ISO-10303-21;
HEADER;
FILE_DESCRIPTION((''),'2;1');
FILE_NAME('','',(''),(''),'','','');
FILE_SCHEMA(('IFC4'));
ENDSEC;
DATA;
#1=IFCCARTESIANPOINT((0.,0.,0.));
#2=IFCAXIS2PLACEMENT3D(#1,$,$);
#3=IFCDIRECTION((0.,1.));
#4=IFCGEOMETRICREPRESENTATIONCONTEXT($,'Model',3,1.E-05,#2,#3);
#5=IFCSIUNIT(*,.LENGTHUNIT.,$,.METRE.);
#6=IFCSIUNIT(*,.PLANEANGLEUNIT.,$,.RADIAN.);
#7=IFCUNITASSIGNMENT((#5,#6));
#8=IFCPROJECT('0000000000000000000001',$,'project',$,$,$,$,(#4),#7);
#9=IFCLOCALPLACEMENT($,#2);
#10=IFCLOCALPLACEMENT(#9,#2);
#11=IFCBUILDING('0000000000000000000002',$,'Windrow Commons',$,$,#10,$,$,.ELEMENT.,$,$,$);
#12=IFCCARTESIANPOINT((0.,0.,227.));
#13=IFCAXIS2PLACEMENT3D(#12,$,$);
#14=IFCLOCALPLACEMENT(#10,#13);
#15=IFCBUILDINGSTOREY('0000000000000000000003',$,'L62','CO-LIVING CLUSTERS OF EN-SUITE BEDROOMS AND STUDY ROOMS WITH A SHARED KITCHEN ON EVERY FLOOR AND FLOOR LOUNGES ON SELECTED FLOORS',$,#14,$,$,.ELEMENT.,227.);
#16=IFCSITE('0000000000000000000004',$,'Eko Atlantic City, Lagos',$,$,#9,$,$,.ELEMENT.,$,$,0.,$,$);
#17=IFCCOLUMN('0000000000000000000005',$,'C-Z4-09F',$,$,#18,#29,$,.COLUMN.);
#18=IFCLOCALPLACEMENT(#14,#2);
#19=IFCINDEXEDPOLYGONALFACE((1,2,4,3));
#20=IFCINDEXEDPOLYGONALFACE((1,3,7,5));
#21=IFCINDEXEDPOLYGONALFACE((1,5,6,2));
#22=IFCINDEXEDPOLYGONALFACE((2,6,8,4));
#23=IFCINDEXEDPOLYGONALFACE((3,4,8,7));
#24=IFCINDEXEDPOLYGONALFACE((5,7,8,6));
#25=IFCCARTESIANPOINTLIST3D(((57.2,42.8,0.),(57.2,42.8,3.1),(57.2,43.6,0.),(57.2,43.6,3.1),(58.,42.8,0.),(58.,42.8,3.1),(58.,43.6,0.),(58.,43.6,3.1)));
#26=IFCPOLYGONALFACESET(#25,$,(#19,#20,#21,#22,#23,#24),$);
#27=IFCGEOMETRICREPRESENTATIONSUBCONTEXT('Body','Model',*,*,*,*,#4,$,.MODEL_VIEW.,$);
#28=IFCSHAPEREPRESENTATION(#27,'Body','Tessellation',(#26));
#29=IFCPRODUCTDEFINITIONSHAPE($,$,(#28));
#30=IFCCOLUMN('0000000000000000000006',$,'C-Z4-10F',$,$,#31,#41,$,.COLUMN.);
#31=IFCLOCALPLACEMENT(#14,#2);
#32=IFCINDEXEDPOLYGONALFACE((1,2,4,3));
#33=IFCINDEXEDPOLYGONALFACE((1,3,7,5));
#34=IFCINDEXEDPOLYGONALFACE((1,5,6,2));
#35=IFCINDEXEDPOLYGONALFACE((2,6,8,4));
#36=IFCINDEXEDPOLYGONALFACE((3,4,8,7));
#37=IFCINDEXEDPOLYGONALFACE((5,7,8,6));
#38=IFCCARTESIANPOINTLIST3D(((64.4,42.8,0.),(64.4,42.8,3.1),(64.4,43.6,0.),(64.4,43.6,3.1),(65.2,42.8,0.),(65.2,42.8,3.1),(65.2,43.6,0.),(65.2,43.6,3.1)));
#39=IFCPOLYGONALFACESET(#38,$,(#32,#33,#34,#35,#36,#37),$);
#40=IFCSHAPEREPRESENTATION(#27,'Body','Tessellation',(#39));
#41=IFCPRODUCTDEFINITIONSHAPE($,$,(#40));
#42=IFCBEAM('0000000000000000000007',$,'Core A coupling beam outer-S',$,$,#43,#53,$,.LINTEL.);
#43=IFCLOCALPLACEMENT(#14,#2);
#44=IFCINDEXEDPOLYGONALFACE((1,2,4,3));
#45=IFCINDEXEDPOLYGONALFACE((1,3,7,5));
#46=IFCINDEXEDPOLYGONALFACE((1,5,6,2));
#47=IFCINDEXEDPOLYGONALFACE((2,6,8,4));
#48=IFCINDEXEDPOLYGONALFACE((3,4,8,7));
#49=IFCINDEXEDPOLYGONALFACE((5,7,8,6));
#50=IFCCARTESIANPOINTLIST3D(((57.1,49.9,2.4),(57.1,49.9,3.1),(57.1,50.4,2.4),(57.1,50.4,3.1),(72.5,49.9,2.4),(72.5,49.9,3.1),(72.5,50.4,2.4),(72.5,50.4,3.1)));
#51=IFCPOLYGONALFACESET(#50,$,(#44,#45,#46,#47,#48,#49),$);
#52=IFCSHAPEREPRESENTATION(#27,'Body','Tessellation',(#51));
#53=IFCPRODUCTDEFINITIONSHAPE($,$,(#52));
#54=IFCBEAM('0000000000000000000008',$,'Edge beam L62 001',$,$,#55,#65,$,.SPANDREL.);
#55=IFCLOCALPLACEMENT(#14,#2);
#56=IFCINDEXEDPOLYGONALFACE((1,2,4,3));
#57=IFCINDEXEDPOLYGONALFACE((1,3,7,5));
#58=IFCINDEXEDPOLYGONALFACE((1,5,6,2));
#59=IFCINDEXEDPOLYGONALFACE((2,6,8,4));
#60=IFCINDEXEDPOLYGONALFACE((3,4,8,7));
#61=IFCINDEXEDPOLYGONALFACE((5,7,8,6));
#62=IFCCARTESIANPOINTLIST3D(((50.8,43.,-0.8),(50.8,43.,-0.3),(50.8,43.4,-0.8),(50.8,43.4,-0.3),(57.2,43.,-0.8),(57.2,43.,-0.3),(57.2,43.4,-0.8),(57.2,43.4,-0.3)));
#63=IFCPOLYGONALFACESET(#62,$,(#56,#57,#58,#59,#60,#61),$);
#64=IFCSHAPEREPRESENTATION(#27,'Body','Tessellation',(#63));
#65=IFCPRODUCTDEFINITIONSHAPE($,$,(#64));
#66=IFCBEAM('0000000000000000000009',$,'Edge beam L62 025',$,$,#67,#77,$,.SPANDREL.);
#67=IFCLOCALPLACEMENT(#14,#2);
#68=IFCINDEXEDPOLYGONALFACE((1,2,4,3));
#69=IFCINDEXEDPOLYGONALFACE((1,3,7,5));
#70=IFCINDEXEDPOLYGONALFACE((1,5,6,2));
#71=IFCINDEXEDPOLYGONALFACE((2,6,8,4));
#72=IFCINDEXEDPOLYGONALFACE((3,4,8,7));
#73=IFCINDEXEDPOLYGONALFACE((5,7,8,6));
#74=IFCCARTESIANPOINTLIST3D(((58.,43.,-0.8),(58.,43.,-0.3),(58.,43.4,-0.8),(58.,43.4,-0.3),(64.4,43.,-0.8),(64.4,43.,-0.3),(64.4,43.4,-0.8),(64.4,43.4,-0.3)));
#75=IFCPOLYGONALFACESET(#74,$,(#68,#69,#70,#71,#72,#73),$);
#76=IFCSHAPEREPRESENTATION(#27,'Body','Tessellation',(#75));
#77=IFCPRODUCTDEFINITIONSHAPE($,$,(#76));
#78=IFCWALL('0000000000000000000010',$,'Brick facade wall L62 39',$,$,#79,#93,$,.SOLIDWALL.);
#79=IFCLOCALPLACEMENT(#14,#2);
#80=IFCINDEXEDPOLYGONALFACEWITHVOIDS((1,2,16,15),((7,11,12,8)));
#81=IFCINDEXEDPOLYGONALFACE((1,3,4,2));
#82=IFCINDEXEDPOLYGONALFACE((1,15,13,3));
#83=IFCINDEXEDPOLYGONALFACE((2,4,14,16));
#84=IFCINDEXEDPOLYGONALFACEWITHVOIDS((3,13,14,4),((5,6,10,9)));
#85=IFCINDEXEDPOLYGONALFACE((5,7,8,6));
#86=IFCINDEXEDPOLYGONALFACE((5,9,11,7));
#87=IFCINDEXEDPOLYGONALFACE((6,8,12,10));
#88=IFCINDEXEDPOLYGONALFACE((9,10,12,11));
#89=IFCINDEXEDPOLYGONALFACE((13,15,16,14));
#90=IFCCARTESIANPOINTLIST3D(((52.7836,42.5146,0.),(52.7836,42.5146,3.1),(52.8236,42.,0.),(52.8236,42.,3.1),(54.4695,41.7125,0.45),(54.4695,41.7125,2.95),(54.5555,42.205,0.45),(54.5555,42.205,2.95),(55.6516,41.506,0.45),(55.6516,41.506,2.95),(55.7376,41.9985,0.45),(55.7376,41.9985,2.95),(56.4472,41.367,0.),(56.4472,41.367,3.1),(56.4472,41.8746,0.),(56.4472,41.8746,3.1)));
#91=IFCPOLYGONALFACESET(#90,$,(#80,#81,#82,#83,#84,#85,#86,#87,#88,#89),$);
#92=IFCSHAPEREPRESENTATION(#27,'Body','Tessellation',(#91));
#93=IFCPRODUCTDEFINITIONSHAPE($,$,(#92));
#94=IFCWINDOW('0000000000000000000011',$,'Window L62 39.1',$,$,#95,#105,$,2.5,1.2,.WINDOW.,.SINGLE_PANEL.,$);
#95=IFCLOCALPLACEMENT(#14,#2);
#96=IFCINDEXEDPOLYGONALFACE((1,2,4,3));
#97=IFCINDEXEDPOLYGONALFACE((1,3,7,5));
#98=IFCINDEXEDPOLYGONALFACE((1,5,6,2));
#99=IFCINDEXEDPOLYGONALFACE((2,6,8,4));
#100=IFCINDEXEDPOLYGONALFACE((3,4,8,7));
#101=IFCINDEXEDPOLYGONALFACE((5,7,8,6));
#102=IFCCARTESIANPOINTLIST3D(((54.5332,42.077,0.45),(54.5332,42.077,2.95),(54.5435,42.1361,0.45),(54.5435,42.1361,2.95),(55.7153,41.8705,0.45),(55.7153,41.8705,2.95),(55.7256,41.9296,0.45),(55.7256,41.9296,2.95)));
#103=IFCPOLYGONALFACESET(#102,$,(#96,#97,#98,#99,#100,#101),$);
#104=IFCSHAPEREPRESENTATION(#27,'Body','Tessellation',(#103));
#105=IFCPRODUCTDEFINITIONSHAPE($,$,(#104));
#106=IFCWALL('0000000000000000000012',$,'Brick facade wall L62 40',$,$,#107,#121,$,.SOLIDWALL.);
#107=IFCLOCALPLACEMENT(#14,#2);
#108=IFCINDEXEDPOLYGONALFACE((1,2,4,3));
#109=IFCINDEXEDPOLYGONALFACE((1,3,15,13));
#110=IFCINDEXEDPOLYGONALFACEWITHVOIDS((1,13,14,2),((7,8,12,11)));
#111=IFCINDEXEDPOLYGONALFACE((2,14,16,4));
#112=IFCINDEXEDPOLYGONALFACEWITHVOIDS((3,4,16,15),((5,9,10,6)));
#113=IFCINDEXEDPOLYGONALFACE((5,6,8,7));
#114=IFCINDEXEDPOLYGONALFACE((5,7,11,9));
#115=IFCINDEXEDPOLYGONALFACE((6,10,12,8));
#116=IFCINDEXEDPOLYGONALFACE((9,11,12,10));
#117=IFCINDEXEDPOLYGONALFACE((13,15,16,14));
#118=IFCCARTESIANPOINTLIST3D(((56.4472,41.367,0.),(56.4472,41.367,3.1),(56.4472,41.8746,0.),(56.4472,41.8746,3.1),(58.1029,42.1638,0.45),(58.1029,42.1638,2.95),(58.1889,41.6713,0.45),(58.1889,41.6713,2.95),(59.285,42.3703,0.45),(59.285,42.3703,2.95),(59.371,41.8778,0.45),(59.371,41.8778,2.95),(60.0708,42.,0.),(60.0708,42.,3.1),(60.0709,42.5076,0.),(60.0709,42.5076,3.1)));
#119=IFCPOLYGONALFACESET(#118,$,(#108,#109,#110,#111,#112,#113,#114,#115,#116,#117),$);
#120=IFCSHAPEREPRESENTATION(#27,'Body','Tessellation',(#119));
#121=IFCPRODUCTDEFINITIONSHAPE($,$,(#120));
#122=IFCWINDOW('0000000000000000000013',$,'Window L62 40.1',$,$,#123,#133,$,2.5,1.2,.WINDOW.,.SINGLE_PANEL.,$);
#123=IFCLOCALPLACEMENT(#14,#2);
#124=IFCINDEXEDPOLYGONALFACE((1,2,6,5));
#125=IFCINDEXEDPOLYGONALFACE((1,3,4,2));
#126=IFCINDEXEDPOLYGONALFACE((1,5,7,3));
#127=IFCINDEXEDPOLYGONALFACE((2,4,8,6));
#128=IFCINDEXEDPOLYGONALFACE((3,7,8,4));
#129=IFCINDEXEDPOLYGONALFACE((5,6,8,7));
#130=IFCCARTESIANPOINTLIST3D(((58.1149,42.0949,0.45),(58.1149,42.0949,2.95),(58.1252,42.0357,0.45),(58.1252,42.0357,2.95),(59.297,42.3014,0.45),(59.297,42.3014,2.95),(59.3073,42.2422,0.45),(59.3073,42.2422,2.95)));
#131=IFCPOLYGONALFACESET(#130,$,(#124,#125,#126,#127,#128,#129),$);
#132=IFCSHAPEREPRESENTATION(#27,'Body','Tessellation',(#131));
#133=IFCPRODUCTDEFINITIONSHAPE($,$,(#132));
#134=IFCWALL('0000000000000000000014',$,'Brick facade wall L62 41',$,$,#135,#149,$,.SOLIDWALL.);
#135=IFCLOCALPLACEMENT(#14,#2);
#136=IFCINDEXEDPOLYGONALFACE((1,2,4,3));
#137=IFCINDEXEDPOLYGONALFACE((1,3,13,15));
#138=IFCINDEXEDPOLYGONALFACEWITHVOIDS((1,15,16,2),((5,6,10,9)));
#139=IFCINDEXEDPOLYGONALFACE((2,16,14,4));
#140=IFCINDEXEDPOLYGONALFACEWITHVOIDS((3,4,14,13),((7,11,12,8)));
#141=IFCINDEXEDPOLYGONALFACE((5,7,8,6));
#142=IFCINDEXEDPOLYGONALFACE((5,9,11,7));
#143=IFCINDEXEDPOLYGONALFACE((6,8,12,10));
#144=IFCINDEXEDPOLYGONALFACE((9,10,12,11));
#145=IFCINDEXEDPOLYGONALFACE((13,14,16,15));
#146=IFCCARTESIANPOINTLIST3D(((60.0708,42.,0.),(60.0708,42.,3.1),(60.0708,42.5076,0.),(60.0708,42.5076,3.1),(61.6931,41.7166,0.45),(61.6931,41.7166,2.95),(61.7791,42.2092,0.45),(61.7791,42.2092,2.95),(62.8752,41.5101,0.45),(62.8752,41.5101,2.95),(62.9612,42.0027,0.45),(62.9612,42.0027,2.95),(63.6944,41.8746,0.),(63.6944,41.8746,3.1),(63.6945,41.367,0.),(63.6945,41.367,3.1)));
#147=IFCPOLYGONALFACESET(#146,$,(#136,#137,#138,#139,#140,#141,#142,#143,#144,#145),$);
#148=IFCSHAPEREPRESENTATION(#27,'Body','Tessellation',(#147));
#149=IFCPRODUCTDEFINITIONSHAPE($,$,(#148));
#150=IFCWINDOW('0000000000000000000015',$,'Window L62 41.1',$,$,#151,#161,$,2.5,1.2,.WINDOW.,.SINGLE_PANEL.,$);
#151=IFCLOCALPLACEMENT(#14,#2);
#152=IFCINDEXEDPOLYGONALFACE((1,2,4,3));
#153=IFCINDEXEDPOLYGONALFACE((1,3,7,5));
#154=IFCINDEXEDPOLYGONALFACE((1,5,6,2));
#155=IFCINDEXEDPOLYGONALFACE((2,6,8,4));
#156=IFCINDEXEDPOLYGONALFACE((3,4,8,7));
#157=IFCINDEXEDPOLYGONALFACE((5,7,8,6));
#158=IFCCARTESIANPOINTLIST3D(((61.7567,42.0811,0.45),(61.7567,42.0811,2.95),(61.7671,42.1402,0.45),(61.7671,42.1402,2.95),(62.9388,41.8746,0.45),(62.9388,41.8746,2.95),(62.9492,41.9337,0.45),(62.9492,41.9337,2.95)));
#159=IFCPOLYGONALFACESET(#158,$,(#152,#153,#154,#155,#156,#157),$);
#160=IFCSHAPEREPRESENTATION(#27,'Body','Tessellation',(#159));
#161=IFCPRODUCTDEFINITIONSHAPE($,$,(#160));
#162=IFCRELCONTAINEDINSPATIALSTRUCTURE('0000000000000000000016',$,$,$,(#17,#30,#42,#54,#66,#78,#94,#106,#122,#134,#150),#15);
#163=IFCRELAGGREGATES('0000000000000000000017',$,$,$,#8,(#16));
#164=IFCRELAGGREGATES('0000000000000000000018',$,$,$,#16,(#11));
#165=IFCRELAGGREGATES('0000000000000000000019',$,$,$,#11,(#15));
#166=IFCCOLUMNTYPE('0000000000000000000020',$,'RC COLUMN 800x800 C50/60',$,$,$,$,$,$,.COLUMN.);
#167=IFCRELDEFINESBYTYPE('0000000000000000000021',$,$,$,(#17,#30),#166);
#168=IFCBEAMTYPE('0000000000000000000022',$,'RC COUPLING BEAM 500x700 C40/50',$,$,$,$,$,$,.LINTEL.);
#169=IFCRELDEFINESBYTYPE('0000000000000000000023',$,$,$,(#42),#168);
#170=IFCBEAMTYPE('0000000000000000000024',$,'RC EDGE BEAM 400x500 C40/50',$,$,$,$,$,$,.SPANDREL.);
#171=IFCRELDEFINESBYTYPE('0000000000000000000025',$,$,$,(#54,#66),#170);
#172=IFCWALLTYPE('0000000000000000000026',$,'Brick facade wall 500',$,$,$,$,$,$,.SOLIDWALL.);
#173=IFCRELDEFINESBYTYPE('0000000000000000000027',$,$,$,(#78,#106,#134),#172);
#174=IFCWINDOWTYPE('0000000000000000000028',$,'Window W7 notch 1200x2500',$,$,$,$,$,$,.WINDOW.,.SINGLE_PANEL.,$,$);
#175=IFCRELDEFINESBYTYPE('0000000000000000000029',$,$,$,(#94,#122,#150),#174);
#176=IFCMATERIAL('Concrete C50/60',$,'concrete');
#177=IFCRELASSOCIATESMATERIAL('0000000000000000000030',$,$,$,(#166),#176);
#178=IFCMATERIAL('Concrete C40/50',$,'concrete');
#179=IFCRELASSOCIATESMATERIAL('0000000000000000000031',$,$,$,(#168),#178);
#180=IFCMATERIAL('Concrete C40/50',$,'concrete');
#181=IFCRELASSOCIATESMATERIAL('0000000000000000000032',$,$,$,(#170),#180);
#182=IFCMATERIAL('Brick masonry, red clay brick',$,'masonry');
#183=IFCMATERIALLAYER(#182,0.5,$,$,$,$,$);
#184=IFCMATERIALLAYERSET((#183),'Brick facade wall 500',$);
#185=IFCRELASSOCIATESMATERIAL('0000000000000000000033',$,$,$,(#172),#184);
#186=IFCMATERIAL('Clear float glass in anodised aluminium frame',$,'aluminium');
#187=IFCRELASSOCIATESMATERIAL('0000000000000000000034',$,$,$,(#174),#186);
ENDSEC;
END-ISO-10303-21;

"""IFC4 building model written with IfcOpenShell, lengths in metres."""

from ifc_helpers import new_model, si_unit, direction, frame, frame_2d, origin, origin_2d, place, context, subcontext, project, spatial, polyline, rectangle, outline, extrude, material, layer, layer_set, material_profile, profile_set, type_object, element, fill, save


model = new_model("IFC4")

# Units and contexts
model_context = context("Model", 3, precision=1e-05, world=origin(), true_north=direction((0.0, 1.0)))
body_context = subcontext(model_context, "Body", "Model", "MODEL_VIEW")
ifc_project = project(units=[si_unit("LENGTHUNIT", "METRE"), si_unit("PLANEANGLEUNIT", "RADIAN")], contexts=[model_context])

# Site, building, storey
site_placement = place(None, origin())
site = spatial("IfcSite", under=ifc_project, at=site_placement, Name="Eko Atlantic City, Lagos", CompositionType="ELEMENT", RefElevation=0.0)
building_placement = place(site_placement, origin())
building = spatial("IfcBuilding", under=site, at=building_placement, Name="Windrow Commons", CompositionType="ELEMENT")
storey_placement = place(building_placement, frame((0.0, 0.0, 227.0)))
storey = spatial("IfcBuildingStorey", under=building, at=storey_placement, Name="L62", Description="CO-LIVING CLUSTERS OF EN-SUITE BEDROOMS AND STUDY ROOMS WITH A SHARED KITCHEN ON EVERY FLOOR AND FLOOR LOUNGES ON SELECTED FLOORS", CompositionType="ELEMENT", Elevation=227.0)

# Columns
ifc_material_1 = material(Name="Concrete C50/60", Category="concrete")
ifc_material_profile_1 = material_profile(ifc_material_1, rectangle(XDim=0.8, YDim=0.8, at=origin_2d()))
ifc_profile_set_1 = profile_set([ifc_material_profile_1], Name="Concrete C50/60")
column_type = type_object("IfcColumnType", Name="RC COLUMN 800x800 C50/60", PredefinedType="COLUMN", material=ifc_profile_set_1)
for number, where, z_axis, x_axis, name in (
    (1, (57.6, 43.2, 0.0), (0.0, 0.0, 1.0), (1.0, 0.0, 0.0), "C-Z4-09F"),
    (2, (64.8, 43.2, 0.0), (0.0, 0.0, 1.0), (1.0, 0.0, 0.0), "C-Z4-10F"),
):
    element("IfcColumn", number, at=place(storey_placement, frame(where, z_axis=z_axis, x_axis=x_axis)), inside=storey, type_object=column_type, Name=name, PredefinedType="COLUMN", context=body_context, shape_type="SweptSolid", body=[
        extrude(rectangle(XDim=0.8, YDim=0.8, at=origin_2d()), origin(), (0.0, 0.0, 1.0), 3.1),
    ])

# Beams
ifc_material_2 = material(Name="Concrete C40/50", Category="concrete")
ifc_material_profile_2 = material_profile(ifc_material_2, rectangle(XDim=0.5, YDim=0.7, at=origin_2d()))
ifc_profile_set_2 = profile_set([ifc_material_profile_2], Name="Concrete C40/50")
beam_type_1 = type_object("IfcBeamType", Name="RC COUPLING BEAM 500x700 C40/50", PredefinedType="LINTEL", material=ifc_profile_set_2)
beam_placement = place(storey_placement, frame((57.1, 50.15, 2.75), z_axis=(1.0, 0.0, 0.0), x_axis=(0.0, 1.0, 0.0)))
element("IfcBeam", 3, at=beam_placement, inside=storey, type_object=beam_type_1, Name="Core A coupling beam outer-S", PredefinedType="LINTEL", context=body_context, shape_type="SweptSolid", body=[
    extrude(rectangle(XDim=0.5, YDim=0.7, at=origin_2d()), origin(), (0.0, 0.0, 1.0), 15.4),
])
ifc_material_3 = material(Name="Concrete C40/50", Category="concrete")
ifc_material_profile_3 = material_profile(ifc_material_3, rectangle(XDim=0.4, YDim=0.5, at=origin_2d()))
ifc_profile_set_3 = profile_set([ifc_material_profile_3], Name="Concrete C40/50")
beam_type_2 = type_object("IfcBeamType", Name="RC EDGE BEAM 400x500 C40/50", PredefinedType="SPANDREL", material=ifc_profile_set_3)
for number, where, z_axis, x_axis, name in (
    (4, (57.2, 43.2, -0.55), (-1.0, 0.0, 0.0), (0.0, -1.0, 0.0), "Edge beam L62 001"),
    (5, (64.4, 43.2, -0.55), (-1.0, 0.0, 0.0), (0.0, -1.0, 0.0), "Edge beam L62 025"),
):
    element("IfcBeam", number, at=place(storey_placement, frame(where, z_axis=z_axis, x_axis=x_axis)), inside=storey, type_object=beam_type_2, Name=name, PredefinedType="SPANDREL", context=body_context, shape_type="SweptSolid", body=[
        extrude(rectangle(XDim=0.4, YDim=0.5, at=origin_2d()), origin(), (0.0, 0.0, 1.0), 6.4),
    ])

# Walls, openings, windows
ifc_material_4 = material(Name="Brick masonry, red clay brick", Category="masonry")
ifc_layer_1 = layer(ifc_material_4, 0.5)
ifc_layer_set_1 = layer_set([ifc_layer_1], Name="Brick facade wall 500")
wall_type_1 = type_object("IfcWallType", Name="Brick facade wall 500", PredefinedType="SOLIDWALL", material=ifc_layer_set_1)
wall_1_placement = place(storey_placement, frame((52.8036, 42.2573, 0.0), z_axis=(0.0, 0.0, 1.0), x_axis=(0.985082, -0.172084, 0.0)))
wall_1 = element("IfcWall", 6, at=wall_1_placement, inside=storey, type_object=wall_type_1, Name="Brick facade wall L62 39", PredefinedType="SOLIDWALL", context=body_context, shape_type="SweptSolid", body=[
    extrude(outline(polyline([(0.064, -0.25), (3.7424, -0.25), (3.6551, 0.25), (-0.064, 0.25), (0.064, -0.25)])), origin(), (0.0, 0.0, 1.0), 3.1),
])
opening_1_placement = place(wall_1_placement, frame((1.7348, 0.0, 0.45)))
opening_1 = element("IfcOpeningElement", 7, at=opening_1_placement, cuts=wall_1, PredefinedType="OPENING", context=body_context, shape_type="SweptSolid", body=[
    extrude(rectangle(XDim=1.2, YDim=2.5, at=frame_2d((0.6, 1.25))), frame((0.0, 0.26, 0.0), z_axis=(0.0, -1.0, 0.0), x_axis=(1.0, 0.0, 0.0)), (0.0, 0.0, 1.0), 0.52),
])
ifc_material_5 = material(Name="Clear float glass in anodised aluminium frame", Category="aluminium")
window_type = type_object("IfcWindowType", Name="Window W7 notch 1200x2500", PartitioningType="SINGLE_PANEL", PredefinedType="WINDOW", material=ifc_material_5)
window_1_placement = place(opening_1_placement, origin())
window_1 = element("IfcWindow", 8, at=window_1_placement, inside=storey, type_object=window_type, Name="Window L62 39.1", OverallHeight=2.5, OverallWidth=1.2, PartitioningType="SINGLE_PANEL", PredefinedType="WINDOW", context=body_context, shape_type="SweptSolid", body=[
    extrude(rectangle(XDim=1.2, YDim=2.5, at=frame_2d((0.6, 1.25))), frame((0.0, 0.18, 0.0), z_axis=(0.0, -1.0, 0.0), x_axis=(1.0, 0.0, 0.0)), (0.0, 0.0, 1.0), 0.06),
])
fill(opening_1, window_1)
wall_2_placement = place(storey_placement, frame((56.4472, 41.6208, 0.0), z_axis=(0.0, 0.0, 1.0), x_axis=(0.985083, 0.172082, 0.0)))
wall_2 = element("IfcWall", 9, at=wall_2_placement, inside=storey, type_object=wall_type_1, Name="Brick facade wall L62 40", PredefinedType="SOLIDWALL", context=body_context, shape_type="SweptSolid", body=[
    extrude(outline(polyline([(-0.0437, -0.25), (3.6348, -0.25), (3.7222, 0.25), (0.0437, 0.25), (-0.0437, -0.25)])), origin(), (0.0, 0.0, 1.0), 3.1),
])
opening_2_placement = place(wall_2_placement, frame((1.7244, 0.0, 0.45)))
opening_2 = element("IfcOpeningElement", 10, at=opening_2_placement, cuts=wall_2, PredefinedType="OPENING", context=body_context, shape_type="SweptSolid", body=[
    extrude(rectangle(XDim=1.2, YDim=2.5, at=frame_2d((0.6, 1.25))), frame((0.0, 0.26, 0.0), z_axis=(0.0, -1.0, 0.0), x_axis=(1.0, 0.0, 0.0)), (0.0, 0.0, 1.0), 0.52),
])
window_2_placement = place(opening_2_placement, origin())
window_2 = element("IfcWindow", 11, at=window_2_placement, inside=storey, type_object=window_type, Name="Window L62 40.1", OverallHeight=2.5, OverallWidth=1.2, PartitioningType="SINGLE_PANEL", PredefinedType="WINDOW", context=body_context, shape_type="SweptSolid", body=[
    extrude(rectangle(XDim=1.2, YDim=2.5, at=frame_2d((0.6, 1.25))), frame((0.0, 0.18, 0.0), z_axis=(0.0, -1.0, 0.0), x_axis=(1.0, 0.0, 0.0)), (0.0, 0.0, 1.0), 0.06),
])
fill(opening_2, window_2)
wall_3_placement = place(storey_placement, frame((60.0708, 42.2538, 0.0), z_axis=(0.0, 0.0, 1.0), x_axis=(0.985083, -0.172078, 0.0)))
wall_3 = element("IfcWall", 12, at=wall_3_placement, inside=storey, type_object=wall_type_1, Name="Brick facade wall L62 41", PredefinedType="SOLIDWALL", context=body_context, shape_type="SweptSolid", body=[
    extrude(outline(polyline([(0.0437, -0.25), (3.7222, -0.25), (3.6348, 0.25), (-0.0437, 0.25), (0.0437, -0.25)])), origin(), (0.0, 0.0, 1.0), 3.1),
])
opening_3_placement = place(wall_3_placement, frame((1.6905, 0.0, 0.45)))
opening_3 = element("IfcOpeningElement", 13, at=opening_3_placement, cuts=wall_3, PredefinedType="OPENING", context=body_context, shape_type="SweptSolid", body=[
    extrude(rectangle(XDim=1.2, YDim=2.5, at=frame_2d((0.6, 1.25))), frame((0.0, 0.26, 0.0), z_axis=(0.0, -1.0, 0.0), x_axis=(1.0, 0.0, 0.0)), (0.0, 0.0, 1.0), 0.52),
])
window_3_placement = place(opening_3_placement, origin())
window_3 = element("IfcWindow", 14, at=window_3_placement, inside=storey, type_object=window_type, Name="Window L62 41.1", OverallHeight=2.5, OverallWidth=1.2, PartitioningType="SINGLE_PANEL", PredefinedType="WINDOW", context=body_context, shape_type="SweptSolid", body=[
    extrude(rectangle(XDim=1.2, YDim=2.5, at=frame_2d((0.6, 1.25))), frame((0.0, 0.18, 0.0), z_axis=(0.0, -1.0, 0.0), x_axis=(1.0, 0.0, 0.0)), (0.0, 0.0, 1.0), 0.06),
])
fill(opening_3, window_3)

save(model, "model.ifc")
